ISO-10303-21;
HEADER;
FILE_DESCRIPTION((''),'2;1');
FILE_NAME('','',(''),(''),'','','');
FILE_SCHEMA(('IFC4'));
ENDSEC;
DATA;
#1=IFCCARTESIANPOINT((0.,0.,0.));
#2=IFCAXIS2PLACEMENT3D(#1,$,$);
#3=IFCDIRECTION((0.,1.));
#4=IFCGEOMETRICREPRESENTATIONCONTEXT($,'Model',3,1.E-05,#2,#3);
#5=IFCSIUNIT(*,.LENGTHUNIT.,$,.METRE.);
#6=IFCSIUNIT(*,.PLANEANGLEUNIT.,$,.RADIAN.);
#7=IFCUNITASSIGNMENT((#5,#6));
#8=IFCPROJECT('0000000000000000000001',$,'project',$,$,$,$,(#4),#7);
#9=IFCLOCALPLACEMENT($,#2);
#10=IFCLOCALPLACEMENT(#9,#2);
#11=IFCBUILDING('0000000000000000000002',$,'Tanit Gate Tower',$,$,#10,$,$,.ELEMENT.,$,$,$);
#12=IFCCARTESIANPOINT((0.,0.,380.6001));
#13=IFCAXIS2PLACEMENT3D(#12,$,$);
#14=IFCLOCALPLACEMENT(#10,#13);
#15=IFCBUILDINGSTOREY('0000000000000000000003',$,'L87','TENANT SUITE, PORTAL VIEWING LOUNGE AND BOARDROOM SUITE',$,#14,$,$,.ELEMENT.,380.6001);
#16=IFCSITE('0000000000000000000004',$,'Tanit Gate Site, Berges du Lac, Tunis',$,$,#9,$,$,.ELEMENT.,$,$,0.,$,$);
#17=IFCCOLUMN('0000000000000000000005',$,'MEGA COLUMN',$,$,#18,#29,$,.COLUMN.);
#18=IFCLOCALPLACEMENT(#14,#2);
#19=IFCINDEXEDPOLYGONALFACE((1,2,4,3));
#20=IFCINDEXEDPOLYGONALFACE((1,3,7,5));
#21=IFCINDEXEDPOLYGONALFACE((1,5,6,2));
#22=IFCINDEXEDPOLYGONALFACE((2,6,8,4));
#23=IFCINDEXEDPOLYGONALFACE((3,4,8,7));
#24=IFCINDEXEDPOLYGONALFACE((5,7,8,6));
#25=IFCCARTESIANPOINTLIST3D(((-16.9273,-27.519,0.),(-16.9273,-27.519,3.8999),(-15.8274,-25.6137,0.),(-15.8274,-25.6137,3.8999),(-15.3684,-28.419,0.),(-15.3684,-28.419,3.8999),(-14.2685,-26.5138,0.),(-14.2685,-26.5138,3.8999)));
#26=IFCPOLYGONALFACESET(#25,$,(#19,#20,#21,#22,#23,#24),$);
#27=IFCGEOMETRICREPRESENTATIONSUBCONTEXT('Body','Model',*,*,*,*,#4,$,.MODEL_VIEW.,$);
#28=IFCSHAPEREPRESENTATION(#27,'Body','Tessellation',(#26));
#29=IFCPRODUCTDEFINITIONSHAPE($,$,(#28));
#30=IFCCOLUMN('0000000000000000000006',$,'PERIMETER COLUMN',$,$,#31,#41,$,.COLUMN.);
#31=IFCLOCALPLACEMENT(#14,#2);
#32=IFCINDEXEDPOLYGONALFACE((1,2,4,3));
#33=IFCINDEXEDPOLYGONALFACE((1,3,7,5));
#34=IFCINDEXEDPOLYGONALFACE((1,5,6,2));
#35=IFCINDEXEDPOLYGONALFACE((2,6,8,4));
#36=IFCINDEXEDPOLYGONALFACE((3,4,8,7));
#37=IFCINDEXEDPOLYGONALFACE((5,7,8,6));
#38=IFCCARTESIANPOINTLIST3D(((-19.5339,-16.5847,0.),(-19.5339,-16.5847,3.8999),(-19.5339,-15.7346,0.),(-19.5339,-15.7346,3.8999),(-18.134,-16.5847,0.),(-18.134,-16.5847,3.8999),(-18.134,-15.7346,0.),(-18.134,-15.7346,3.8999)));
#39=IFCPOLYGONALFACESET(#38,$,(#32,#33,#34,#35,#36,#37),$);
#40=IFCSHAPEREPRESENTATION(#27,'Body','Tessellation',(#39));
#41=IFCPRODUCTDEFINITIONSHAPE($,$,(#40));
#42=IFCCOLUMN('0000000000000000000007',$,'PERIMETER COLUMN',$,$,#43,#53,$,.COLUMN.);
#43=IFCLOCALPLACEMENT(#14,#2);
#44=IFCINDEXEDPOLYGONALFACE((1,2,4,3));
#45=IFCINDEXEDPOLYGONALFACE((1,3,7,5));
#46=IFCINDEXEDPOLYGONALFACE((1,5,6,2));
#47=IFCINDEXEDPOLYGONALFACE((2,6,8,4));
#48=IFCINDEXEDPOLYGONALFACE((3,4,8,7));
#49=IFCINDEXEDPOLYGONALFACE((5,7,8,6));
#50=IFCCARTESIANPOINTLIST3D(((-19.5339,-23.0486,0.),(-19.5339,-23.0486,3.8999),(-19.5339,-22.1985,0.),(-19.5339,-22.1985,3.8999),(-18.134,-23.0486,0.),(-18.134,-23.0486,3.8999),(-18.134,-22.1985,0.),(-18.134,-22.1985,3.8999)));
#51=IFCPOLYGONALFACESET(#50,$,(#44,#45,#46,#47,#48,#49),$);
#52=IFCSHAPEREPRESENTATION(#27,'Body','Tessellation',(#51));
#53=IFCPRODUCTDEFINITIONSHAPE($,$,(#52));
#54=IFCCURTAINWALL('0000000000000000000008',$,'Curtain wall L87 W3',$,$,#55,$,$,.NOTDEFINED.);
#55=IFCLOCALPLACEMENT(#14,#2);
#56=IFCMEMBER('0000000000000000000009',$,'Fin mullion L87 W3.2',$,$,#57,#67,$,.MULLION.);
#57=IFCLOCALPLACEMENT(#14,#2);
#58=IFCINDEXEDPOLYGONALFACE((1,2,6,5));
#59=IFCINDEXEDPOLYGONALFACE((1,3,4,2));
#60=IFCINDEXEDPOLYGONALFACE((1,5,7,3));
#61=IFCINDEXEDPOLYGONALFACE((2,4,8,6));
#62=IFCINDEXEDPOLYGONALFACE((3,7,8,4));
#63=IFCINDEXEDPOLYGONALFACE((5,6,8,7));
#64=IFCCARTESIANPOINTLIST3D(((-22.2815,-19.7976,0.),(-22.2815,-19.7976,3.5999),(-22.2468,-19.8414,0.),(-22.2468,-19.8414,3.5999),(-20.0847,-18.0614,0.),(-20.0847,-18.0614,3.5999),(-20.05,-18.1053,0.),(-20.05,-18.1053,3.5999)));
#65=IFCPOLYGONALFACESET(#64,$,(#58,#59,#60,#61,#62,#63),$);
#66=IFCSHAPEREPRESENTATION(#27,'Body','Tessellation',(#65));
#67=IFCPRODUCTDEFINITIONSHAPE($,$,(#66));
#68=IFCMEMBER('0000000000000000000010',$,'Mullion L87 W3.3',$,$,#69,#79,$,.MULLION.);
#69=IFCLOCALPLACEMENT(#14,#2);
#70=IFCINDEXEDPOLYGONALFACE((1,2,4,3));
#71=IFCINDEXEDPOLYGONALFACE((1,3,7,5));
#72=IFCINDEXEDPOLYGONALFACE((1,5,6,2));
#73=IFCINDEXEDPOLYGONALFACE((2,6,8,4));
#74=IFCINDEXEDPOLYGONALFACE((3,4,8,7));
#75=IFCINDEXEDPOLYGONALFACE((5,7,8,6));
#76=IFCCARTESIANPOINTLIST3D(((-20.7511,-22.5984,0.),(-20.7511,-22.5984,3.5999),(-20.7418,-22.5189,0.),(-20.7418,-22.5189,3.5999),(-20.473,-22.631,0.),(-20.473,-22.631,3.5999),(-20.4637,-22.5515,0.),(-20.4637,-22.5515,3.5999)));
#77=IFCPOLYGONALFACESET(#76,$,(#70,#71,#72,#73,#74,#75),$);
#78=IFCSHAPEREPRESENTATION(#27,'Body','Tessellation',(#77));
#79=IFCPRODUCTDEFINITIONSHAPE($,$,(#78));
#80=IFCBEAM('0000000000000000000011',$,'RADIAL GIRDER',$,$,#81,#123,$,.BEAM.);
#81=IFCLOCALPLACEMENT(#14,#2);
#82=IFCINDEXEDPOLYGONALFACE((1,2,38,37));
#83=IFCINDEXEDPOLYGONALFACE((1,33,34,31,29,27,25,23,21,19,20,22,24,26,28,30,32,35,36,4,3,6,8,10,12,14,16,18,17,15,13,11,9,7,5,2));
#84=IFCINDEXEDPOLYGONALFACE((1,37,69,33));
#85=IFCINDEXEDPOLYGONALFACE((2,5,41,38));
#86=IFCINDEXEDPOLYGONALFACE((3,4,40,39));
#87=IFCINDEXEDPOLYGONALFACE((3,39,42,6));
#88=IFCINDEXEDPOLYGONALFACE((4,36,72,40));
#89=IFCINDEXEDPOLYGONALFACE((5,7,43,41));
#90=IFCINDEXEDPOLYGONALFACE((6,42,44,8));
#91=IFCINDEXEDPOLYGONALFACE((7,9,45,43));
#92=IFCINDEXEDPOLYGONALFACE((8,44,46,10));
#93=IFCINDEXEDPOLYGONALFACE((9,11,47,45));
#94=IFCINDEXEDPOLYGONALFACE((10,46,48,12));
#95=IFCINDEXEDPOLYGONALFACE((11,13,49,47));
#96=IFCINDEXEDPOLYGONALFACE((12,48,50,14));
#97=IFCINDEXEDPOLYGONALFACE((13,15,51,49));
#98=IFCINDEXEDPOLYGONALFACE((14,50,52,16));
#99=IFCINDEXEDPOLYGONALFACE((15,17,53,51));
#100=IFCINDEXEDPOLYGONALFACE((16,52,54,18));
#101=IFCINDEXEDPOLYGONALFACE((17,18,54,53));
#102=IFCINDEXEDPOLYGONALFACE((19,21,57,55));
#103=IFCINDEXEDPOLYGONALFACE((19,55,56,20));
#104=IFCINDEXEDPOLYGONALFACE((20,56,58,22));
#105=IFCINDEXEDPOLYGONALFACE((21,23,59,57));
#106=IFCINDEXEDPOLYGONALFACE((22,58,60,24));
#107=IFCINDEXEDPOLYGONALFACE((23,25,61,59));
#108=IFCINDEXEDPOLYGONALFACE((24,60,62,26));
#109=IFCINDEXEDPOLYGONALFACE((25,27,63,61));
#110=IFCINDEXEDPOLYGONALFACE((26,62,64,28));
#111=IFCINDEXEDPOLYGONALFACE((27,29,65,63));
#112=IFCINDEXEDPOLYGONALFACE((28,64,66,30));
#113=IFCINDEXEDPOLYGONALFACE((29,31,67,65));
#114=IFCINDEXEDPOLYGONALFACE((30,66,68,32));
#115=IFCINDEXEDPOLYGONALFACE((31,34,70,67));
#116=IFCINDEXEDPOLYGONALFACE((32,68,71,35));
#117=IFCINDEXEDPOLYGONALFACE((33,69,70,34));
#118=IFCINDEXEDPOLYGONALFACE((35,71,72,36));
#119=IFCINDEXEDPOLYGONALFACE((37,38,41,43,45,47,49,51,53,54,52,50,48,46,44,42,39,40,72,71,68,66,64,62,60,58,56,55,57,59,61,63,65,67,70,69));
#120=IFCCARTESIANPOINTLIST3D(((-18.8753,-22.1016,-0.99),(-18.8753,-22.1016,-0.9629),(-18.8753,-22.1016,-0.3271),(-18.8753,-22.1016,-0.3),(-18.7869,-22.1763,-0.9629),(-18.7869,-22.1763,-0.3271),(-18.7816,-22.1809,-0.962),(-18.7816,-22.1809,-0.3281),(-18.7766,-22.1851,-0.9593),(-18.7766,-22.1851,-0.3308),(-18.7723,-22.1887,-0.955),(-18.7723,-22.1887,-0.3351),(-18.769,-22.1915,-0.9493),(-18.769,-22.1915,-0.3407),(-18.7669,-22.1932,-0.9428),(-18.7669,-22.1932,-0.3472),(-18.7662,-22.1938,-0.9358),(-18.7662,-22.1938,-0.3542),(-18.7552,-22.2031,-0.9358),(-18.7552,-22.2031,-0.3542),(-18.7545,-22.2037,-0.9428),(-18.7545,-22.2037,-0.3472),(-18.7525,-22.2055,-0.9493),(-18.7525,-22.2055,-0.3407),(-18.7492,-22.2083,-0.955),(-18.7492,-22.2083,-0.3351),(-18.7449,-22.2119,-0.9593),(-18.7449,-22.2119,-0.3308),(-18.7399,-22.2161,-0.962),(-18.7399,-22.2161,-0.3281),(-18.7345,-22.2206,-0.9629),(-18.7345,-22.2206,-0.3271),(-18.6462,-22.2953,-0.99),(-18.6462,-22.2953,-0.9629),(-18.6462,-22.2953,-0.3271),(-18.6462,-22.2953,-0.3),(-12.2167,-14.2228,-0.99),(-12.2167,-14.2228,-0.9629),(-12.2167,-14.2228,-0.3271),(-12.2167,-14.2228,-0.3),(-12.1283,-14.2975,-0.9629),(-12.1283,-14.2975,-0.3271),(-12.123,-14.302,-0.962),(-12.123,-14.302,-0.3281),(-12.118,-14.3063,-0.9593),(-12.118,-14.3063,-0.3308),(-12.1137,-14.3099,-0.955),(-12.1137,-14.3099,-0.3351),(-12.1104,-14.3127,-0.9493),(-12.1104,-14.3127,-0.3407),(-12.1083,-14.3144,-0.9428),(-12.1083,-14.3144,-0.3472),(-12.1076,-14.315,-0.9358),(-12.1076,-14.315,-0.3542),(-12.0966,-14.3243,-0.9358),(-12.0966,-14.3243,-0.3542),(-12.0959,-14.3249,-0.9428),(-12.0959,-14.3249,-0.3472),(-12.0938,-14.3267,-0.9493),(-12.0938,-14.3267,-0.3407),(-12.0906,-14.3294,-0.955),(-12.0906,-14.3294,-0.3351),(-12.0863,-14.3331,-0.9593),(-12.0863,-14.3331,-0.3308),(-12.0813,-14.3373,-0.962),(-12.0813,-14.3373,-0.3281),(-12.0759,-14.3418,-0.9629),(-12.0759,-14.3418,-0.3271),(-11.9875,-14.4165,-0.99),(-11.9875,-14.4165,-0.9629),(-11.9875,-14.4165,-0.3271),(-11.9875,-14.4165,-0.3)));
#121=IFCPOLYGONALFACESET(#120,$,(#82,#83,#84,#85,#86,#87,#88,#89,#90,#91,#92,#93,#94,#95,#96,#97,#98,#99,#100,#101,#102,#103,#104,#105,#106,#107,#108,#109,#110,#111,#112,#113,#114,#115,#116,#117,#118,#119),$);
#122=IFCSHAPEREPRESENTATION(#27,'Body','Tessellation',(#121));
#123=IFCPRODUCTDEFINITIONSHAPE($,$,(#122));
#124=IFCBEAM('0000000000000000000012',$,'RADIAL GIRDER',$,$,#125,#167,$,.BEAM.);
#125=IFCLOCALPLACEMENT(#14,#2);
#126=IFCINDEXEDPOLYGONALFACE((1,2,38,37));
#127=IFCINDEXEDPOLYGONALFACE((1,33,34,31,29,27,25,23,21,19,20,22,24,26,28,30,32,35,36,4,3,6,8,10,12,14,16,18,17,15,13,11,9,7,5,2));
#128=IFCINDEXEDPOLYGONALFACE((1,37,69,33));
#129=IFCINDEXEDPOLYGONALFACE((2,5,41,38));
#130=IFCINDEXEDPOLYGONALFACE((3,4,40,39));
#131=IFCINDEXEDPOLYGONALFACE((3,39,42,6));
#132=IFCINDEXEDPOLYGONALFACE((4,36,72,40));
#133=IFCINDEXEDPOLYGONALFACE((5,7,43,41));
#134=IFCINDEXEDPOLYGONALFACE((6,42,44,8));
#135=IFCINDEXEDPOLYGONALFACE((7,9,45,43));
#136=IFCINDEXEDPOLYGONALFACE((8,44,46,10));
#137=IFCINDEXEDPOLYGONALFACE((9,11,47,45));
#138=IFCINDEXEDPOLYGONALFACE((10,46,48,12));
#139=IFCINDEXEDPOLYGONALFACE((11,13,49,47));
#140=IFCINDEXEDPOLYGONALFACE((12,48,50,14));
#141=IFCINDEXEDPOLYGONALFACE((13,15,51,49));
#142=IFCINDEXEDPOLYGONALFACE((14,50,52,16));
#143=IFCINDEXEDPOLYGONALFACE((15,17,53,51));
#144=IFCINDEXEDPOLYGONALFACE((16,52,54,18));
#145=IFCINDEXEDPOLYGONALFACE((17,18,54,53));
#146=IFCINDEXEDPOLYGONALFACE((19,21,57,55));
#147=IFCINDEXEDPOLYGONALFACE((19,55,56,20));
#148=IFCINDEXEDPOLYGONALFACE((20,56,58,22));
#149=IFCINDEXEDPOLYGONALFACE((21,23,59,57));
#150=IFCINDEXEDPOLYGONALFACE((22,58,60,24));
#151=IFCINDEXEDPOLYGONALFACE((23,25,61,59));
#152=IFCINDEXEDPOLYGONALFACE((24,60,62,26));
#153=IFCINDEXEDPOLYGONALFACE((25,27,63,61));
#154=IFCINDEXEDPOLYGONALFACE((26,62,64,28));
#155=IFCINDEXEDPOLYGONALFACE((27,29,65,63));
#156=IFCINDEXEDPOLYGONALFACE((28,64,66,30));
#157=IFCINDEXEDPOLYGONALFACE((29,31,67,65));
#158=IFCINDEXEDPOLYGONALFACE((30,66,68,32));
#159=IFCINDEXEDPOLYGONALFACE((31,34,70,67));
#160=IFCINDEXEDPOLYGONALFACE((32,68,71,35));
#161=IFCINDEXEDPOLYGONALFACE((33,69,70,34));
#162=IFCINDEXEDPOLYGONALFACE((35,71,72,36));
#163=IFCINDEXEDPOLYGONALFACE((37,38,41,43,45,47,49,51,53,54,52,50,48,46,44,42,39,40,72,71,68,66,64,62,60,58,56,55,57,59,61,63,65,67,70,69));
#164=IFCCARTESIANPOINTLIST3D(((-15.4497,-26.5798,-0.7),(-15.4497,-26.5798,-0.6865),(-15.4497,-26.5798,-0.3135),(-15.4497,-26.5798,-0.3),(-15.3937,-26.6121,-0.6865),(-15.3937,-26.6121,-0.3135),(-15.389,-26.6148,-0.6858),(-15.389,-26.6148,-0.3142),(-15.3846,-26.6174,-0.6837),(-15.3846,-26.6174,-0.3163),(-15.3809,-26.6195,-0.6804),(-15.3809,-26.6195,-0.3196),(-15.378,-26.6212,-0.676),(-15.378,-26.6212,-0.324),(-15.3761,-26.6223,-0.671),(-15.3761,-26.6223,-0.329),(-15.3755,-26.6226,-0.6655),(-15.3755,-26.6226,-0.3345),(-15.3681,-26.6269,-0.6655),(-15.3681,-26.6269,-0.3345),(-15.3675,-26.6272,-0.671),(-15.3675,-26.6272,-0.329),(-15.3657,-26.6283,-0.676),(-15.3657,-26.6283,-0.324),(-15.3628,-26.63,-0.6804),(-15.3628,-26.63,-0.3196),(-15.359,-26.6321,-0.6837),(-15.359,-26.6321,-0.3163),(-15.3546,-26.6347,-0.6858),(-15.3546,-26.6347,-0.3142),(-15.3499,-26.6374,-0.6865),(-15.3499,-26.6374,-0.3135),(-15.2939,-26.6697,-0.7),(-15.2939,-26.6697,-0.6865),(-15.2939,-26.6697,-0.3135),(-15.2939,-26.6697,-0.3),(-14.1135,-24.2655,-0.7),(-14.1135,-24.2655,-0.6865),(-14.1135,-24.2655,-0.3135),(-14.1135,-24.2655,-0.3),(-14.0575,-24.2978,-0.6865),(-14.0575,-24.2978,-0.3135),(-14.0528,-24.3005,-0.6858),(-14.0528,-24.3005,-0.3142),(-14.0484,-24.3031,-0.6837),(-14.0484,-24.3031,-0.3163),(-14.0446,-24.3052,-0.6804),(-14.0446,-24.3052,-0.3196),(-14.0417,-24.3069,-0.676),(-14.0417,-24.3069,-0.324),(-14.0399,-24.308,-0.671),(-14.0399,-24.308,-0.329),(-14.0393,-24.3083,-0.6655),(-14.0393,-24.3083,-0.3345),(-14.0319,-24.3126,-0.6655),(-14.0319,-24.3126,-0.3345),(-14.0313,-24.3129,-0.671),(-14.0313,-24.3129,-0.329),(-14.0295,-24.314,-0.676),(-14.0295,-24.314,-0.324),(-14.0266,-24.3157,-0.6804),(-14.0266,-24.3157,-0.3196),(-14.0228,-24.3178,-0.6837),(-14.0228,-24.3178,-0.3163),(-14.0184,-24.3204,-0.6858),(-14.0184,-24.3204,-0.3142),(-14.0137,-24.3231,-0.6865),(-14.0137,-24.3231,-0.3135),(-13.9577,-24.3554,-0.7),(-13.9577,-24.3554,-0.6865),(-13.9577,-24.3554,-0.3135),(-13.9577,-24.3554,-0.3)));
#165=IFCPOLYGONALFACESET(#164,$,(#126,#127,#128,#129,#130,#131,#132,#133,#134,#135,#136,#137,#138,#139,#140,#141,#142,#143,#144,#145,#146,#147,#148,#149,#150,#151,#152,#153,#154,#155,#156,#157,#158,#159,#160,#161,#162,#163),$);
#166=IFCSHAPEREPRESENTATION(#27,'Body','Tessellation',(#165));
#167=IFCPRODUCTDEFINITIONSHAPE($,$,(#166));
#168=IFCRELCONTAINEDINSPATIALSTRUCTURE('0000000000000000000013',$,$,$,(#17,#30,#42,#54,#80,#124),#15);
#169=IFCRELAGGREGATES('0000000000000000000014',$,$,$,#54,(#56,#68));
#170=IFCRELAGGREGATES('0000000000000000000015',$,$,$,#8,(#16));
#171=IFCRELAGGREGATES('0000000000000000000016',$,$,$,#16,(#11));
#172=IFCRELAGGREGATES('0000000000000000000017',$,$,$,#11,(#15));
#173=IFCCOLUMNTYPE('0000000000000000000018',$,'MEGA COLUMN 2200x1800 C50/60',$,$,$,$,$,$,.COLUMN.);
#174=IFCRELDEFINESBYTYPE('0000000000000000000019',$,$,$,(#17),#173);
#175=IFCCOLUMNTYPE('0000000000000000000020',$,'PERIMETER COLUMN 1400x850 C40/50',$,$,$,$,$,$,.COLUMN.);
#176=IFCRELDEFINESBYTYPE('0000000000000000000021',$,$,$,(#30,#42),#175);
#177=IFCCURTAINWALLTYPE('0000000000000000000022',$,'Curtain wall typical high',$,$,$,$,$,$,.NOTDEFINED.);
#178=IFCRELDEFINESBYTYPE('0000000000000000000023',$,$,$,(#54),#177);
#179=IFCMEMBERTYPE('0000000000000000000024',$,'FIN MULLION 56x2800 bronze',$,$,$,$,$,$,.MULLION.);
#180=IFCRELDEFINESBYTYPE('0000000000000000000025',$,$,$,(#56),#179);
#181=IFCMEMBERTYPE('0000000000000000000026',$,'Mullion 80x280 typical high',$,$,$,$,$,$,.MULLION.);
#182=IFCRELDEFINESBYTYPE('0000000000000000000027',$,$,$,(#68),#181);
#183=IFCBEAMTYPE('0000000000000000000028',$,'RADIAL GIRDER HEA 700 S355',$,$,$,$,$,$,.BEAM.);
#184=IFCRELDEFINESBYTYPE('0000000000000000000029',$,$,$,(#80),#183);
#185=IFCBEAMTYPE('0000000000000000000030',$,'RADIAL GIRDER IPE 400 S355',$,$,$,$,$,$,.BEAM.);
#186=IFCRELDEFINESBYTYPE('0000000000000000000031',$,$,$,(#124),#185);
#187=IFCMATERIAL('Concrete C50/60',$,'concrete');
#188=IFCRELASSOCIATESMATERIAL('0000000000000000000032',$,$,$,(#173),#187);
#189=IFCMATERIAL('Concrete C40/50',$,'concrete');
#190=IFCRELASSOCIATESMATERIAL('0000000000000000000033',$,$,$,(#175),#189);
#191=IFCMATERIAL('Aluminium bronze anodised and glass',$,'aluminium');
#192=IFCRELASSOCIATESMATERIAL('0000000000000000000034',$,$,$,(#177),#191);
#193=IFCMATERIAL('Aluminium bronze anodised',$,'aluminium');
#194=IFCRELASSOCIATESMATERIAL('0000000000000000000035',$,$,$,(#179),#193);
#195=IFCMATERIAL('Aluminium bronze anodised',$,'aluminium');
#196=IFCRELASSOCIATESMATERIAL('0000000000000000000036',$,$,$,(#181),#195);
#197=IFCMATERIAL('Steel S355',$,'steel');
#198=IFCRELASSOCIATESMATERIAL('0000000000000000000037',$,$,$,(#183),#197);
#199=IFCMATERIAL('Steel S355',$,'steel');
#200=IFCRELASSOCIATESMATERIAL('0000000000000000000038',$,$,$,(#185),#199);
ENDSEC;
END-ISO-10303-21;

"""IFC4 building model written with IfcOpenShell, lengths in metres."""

from ifc_helpers import new_model, si_unit, direction, frame, origin, origin_2d, place, context, subcontext, project, spatial, rectangle, i_section, extrude, material, material_profile, profile_set, type_object, element, aggregate, save


model = new_model("IFC4")

# Units and contexts
model_context = context("Model", 3, precision=1e-05, world=origin(), true_north=direction((0.0, 1.0)))
body_context = subcontext(model_context, "Body", "Model", "MODEL_VIEW")
ifc_project = project(units=[si_unit("LENGTHUNIT", "METRE"), si_unit("PLANEANGLEUNIT", "RADIAN")], contexts=[model_context])

# Site, building, storey
site_placement = place(None, origin())
site = spatial("IfcSite", under=ifc_project, at=site_placement, Name="Tanit Gate Site, Berges du Lac, Tunis", CompositionType="ELEMENT", RefElevation=0.0)
building_placement = place(site_placement, origin())
building = spatial("IfcBuilding", under=site, at=building_placement, Name="Tanit Gate Tower", CompositionType="ELEMENT")
storey_placement = place(building_placement, frame((0.0, 0.0, 380.6001)))
storey = spatial("IfcBuildingStorey", under=building, at=storey_placement, Name="L87", Description="TENANT SUITE, PORTAL VIEWING LOUNGE AND BOARDROOM SUITE", CompositionType="ELEMENT", Elevation=380.6001)

# Columns
ifc_material_1 = material(Name="Concrete C50/60", Category="concrete")
ifc_material_profile_1 = material_profile(ifc_material_1, rectangle(XDim=2.2, YDim=1.8, at=origin_2d()), Name="RC 2200x1800")
ifc_profile_set_1 = profile_set([ifc_material_profile_1], Name="Concrete C50/60")
column_type_1 = type_object("IfcColumnType", Name="MEGA COLUMN 2200x1800 C50/60", PredefinedType="COLUMN", material=ifc_profile_set_1)
column_placement = place(storey_placement, frame((-15.5979, -27.0164, 0.0), z_axis=(0.0, 0.0, 1.0), x_axis=(-0.5, -0.866025, 0.0)))
element("IfcColumn", 1, at=column_placement, inside=storey, type_object=column_type_1, Name="MEGA COLUMN", PredefinedType="COLUMN", context=body_context, shape_type="SweptSolid", body=[
    extrude(rectangle(XDim=2.2, YDim=1.8, at=origin_2d()), origin(), (0.0, 0.0, 1.0), 3.8999),
])
ifc_material_2 = material(Name="Concrete C40/50", Category="concrete")
ifc_material_profile_2 = material_profile(ifc_material_2, rectangle(XDim=1.3999, YDim=0.8501, at=origin_2d()), Name="RC 1400x850")
ifc_profile_set_2 = profile_set([ifc_material_profile_2], Name="Concrete C40/50")
column_type_2 = type_object("IfcColumnType", Name="PERIMETER COLUMN 1400x850 C40/50", PredefinedType="COLUMN", material=ifc_profile_set_2)
for number, where, z_axis, x_axis, name in (
    (2, (-18.834, -16.1597, 0.0), (0.0, 0.0, 1.0), (-1.0, 0.0, 0.0), "PERIMETER COLUMN"),
    (3, (-18.834, -22.6235, 0.0), (0.0, 0.0, 1.0), (-1.0, 0.0, 0.0), "PERIMETER COLUMN"),
):
    element("IfcColumn", number, at=place(storey_placement, frame(where, z_axis=z_axis, x_axis=x_axis)), inside=storey, type_object=column_type_2, Name=name, PredefinedType="COLUMN", context=body_context, shape_type="SweptSolid", body=[
        extrude(rectangle(XDim=1.3999, YDim=0.8501, at=origin_2d()), origin(), (0.0, 0.0, 1.0), 3.8999),
    ])

# Curtain wall, members
ifc_material_3 = material(Name="Aluminium bronze anodised and glass", Category="aluminium")
curtain_wall_type = type_object("IfcCurtainWallType", Name="Curtain wall typical high", PredefinedType="NOTDEFINED", material=ifc_material_3)
curtain_wall_placement = place(storey_placement, origin())
curtain_wall = element("IfcCurtainWall", 4, at=curtain_wall_placement, inside=storey, type_object=curtain_wall_type, Name="Curtain wall L87 W3", PredefinedType="NOTDEFINED")
ifc_material_4 = material(Name="Aluminium bronze anodised", Category="aluminium")
ifc_material_profile_3 = material_profile(ifc_material_4, rectangle(XDim=2.8, YDim=0.0559, at=origin_2d()), Name="56x2800 bronze fin mullion")
ifc_profile_set_3 = profile_set([ifc_material_profile_3], Name="Aluminium bronze anodised")
member_type_1 = type_object("IfcMemberType", Name="FIN MULLION 56x2800 bronze", PredefinedType="MULLION", material=ifc_profile_set_3)
member_1_placement = place(storey_placement, frame((-21.1658, -18.9514, 0.0), z_axis=(0.0, 0.0, 1.0), x_axis=(0.784556, 0.620058, 0.0)))
member_1 = element("IfcMember", 5, at=member_1_placement, type_object=member_type_1, Name="Fin mullion L87 W3.2", PredefinedType="MULLION", context=body_context, shape_type="SweptSolid", body=[
    extrude(rectangle(XDim=2.8, YDim=0.0559, at=origin_2d()), origin(), (0.0, 0.0, 1.0), 3.5999),
])
ifc_material_5 = material(Name="Aluminium bronze anodised", Category="aluminium")
ifc_material_profile_4 = material_profile(ifc_material_5, rectangle(XDim=0.28, YDim=0.0801, at=origin_2d()), Name="80x280 bronze mullion")
ifc_profile_set_4 = profile_set([ifc_material_profile_4], Name="Aluminium bronze anodised")
member_type_2 = type_object("IfcMemberType", Name="Mullion 80x280 typical high", PredefinedType="MULLION", material=ifc_profile_set_4)
member_2_placement = place(storey_placement, frame((-20.6074, -22.575, 0.0), z_axis=(0.0, 0.0, 1.0), x_axis=(0.993212, -0.116318, 0.0)))
member_2 = element("IfcMember", 6, at=member_2_placement, type_object=member_type_2, Name="Mullion L87 W3.3", PredefinedType="MULLION", context=body_context, shape_type="SweptSolid", body=[
    extrude(rectangle(XDim=0.28, YDim=0.0801, at=origin_2d()), origin(), (0.0, 0.0, 1.0), 3.5999),
])

# Beams
ifc_material_6 = material(Name="Steel S355", Category="steel")
ifc_material_profile_5 = material_profile(ifc_material_6, i_section(OverallWidth=0.3, OverallDepth=0.6899, WebThickness=0.0144, FlangeThickness=0.0271, FilletRadius=0.0271, at=origin_2d()), Name="HEA 700")
ifc_profile_set_5 = profile_set([ifc_material_profile_5], Name="Steel S355")
beam_type_1 = type_object("IfcBeamType", Name="RADIAL GIRDER HEA 700 S355", PredefinedType="BEAM", material=ifc_profile_set_5)
beam_1_placement = place(storey_placement, frame((-18.7607, -22.1985, -0.645), z_axis=(0.645486, 0.763772, 0.0), x_axis=(-0.763772, 0.645486, 0.0)))
element("IfcBeam", 7, at=beam_1_placement, inside=storey, type_object=beam_type_1, Name="RADIAL GIRDER", PredefinedType="BEAM", context=body_context, shape_type="SweptSolid", body=[
    extrude(i_section(OverallWidth=0.3, OverallDepth=0.6899, WebThickness=0.0144, FlangeThickness=0.0271, FilletRadius=0.0271, at=origin_2d()), origin(), (0.0, 0.0, 1.0), 10.3157),
])
ifc_material_7 = material(Name="Steel S355", Category="steel")
ifc_material_profile_6 = material_profile(ifc_material_7, i_section(OverallWidth=0.1799, OverallDepth=0.3999, WebThickness=0.0085, FlangeThickness=0.0134, FilletRadius=0.021, at=origin_2d()), Name="IPE 400")
ifc_profile_set_6 = profile_set([ifc_material_profile_6], Name="Steel S355")
beam_type_2 = type_object("IfcBeamType", Name="RADIAL GIRDER IPE 400 S355", PredefinedType="BEAM", material=ifc_profile_set_6)
beam_2_placement = place(storey_placement, frame((-15.3718, -26.6248, -0.5), z_axis=(0.50002, 0.866014, 0.0), x_axis=(-0.866014, 0.50002, 0.0)))
element("IfcBeam", 8, at=beam_2_placement, inside=storey, type_object=beam_type_2, Name="RADIAL GIRDER", PredefinedType="BEAM", context=body_context, shape_type="SweptSolid", body=[
    extrude(i_section(OverallWidth=0.1799, OverallDepth=0.3999, WebThickness=0.0085, FlangeThickness=0.0134, FilletRadius=0.021, at=origin_2d()), origin(), (0.0, 0.0, 1.0), 2.6724),
])

aggregate(curtain_wall, [member_1, member_2])

save(model, "model.ifc")
